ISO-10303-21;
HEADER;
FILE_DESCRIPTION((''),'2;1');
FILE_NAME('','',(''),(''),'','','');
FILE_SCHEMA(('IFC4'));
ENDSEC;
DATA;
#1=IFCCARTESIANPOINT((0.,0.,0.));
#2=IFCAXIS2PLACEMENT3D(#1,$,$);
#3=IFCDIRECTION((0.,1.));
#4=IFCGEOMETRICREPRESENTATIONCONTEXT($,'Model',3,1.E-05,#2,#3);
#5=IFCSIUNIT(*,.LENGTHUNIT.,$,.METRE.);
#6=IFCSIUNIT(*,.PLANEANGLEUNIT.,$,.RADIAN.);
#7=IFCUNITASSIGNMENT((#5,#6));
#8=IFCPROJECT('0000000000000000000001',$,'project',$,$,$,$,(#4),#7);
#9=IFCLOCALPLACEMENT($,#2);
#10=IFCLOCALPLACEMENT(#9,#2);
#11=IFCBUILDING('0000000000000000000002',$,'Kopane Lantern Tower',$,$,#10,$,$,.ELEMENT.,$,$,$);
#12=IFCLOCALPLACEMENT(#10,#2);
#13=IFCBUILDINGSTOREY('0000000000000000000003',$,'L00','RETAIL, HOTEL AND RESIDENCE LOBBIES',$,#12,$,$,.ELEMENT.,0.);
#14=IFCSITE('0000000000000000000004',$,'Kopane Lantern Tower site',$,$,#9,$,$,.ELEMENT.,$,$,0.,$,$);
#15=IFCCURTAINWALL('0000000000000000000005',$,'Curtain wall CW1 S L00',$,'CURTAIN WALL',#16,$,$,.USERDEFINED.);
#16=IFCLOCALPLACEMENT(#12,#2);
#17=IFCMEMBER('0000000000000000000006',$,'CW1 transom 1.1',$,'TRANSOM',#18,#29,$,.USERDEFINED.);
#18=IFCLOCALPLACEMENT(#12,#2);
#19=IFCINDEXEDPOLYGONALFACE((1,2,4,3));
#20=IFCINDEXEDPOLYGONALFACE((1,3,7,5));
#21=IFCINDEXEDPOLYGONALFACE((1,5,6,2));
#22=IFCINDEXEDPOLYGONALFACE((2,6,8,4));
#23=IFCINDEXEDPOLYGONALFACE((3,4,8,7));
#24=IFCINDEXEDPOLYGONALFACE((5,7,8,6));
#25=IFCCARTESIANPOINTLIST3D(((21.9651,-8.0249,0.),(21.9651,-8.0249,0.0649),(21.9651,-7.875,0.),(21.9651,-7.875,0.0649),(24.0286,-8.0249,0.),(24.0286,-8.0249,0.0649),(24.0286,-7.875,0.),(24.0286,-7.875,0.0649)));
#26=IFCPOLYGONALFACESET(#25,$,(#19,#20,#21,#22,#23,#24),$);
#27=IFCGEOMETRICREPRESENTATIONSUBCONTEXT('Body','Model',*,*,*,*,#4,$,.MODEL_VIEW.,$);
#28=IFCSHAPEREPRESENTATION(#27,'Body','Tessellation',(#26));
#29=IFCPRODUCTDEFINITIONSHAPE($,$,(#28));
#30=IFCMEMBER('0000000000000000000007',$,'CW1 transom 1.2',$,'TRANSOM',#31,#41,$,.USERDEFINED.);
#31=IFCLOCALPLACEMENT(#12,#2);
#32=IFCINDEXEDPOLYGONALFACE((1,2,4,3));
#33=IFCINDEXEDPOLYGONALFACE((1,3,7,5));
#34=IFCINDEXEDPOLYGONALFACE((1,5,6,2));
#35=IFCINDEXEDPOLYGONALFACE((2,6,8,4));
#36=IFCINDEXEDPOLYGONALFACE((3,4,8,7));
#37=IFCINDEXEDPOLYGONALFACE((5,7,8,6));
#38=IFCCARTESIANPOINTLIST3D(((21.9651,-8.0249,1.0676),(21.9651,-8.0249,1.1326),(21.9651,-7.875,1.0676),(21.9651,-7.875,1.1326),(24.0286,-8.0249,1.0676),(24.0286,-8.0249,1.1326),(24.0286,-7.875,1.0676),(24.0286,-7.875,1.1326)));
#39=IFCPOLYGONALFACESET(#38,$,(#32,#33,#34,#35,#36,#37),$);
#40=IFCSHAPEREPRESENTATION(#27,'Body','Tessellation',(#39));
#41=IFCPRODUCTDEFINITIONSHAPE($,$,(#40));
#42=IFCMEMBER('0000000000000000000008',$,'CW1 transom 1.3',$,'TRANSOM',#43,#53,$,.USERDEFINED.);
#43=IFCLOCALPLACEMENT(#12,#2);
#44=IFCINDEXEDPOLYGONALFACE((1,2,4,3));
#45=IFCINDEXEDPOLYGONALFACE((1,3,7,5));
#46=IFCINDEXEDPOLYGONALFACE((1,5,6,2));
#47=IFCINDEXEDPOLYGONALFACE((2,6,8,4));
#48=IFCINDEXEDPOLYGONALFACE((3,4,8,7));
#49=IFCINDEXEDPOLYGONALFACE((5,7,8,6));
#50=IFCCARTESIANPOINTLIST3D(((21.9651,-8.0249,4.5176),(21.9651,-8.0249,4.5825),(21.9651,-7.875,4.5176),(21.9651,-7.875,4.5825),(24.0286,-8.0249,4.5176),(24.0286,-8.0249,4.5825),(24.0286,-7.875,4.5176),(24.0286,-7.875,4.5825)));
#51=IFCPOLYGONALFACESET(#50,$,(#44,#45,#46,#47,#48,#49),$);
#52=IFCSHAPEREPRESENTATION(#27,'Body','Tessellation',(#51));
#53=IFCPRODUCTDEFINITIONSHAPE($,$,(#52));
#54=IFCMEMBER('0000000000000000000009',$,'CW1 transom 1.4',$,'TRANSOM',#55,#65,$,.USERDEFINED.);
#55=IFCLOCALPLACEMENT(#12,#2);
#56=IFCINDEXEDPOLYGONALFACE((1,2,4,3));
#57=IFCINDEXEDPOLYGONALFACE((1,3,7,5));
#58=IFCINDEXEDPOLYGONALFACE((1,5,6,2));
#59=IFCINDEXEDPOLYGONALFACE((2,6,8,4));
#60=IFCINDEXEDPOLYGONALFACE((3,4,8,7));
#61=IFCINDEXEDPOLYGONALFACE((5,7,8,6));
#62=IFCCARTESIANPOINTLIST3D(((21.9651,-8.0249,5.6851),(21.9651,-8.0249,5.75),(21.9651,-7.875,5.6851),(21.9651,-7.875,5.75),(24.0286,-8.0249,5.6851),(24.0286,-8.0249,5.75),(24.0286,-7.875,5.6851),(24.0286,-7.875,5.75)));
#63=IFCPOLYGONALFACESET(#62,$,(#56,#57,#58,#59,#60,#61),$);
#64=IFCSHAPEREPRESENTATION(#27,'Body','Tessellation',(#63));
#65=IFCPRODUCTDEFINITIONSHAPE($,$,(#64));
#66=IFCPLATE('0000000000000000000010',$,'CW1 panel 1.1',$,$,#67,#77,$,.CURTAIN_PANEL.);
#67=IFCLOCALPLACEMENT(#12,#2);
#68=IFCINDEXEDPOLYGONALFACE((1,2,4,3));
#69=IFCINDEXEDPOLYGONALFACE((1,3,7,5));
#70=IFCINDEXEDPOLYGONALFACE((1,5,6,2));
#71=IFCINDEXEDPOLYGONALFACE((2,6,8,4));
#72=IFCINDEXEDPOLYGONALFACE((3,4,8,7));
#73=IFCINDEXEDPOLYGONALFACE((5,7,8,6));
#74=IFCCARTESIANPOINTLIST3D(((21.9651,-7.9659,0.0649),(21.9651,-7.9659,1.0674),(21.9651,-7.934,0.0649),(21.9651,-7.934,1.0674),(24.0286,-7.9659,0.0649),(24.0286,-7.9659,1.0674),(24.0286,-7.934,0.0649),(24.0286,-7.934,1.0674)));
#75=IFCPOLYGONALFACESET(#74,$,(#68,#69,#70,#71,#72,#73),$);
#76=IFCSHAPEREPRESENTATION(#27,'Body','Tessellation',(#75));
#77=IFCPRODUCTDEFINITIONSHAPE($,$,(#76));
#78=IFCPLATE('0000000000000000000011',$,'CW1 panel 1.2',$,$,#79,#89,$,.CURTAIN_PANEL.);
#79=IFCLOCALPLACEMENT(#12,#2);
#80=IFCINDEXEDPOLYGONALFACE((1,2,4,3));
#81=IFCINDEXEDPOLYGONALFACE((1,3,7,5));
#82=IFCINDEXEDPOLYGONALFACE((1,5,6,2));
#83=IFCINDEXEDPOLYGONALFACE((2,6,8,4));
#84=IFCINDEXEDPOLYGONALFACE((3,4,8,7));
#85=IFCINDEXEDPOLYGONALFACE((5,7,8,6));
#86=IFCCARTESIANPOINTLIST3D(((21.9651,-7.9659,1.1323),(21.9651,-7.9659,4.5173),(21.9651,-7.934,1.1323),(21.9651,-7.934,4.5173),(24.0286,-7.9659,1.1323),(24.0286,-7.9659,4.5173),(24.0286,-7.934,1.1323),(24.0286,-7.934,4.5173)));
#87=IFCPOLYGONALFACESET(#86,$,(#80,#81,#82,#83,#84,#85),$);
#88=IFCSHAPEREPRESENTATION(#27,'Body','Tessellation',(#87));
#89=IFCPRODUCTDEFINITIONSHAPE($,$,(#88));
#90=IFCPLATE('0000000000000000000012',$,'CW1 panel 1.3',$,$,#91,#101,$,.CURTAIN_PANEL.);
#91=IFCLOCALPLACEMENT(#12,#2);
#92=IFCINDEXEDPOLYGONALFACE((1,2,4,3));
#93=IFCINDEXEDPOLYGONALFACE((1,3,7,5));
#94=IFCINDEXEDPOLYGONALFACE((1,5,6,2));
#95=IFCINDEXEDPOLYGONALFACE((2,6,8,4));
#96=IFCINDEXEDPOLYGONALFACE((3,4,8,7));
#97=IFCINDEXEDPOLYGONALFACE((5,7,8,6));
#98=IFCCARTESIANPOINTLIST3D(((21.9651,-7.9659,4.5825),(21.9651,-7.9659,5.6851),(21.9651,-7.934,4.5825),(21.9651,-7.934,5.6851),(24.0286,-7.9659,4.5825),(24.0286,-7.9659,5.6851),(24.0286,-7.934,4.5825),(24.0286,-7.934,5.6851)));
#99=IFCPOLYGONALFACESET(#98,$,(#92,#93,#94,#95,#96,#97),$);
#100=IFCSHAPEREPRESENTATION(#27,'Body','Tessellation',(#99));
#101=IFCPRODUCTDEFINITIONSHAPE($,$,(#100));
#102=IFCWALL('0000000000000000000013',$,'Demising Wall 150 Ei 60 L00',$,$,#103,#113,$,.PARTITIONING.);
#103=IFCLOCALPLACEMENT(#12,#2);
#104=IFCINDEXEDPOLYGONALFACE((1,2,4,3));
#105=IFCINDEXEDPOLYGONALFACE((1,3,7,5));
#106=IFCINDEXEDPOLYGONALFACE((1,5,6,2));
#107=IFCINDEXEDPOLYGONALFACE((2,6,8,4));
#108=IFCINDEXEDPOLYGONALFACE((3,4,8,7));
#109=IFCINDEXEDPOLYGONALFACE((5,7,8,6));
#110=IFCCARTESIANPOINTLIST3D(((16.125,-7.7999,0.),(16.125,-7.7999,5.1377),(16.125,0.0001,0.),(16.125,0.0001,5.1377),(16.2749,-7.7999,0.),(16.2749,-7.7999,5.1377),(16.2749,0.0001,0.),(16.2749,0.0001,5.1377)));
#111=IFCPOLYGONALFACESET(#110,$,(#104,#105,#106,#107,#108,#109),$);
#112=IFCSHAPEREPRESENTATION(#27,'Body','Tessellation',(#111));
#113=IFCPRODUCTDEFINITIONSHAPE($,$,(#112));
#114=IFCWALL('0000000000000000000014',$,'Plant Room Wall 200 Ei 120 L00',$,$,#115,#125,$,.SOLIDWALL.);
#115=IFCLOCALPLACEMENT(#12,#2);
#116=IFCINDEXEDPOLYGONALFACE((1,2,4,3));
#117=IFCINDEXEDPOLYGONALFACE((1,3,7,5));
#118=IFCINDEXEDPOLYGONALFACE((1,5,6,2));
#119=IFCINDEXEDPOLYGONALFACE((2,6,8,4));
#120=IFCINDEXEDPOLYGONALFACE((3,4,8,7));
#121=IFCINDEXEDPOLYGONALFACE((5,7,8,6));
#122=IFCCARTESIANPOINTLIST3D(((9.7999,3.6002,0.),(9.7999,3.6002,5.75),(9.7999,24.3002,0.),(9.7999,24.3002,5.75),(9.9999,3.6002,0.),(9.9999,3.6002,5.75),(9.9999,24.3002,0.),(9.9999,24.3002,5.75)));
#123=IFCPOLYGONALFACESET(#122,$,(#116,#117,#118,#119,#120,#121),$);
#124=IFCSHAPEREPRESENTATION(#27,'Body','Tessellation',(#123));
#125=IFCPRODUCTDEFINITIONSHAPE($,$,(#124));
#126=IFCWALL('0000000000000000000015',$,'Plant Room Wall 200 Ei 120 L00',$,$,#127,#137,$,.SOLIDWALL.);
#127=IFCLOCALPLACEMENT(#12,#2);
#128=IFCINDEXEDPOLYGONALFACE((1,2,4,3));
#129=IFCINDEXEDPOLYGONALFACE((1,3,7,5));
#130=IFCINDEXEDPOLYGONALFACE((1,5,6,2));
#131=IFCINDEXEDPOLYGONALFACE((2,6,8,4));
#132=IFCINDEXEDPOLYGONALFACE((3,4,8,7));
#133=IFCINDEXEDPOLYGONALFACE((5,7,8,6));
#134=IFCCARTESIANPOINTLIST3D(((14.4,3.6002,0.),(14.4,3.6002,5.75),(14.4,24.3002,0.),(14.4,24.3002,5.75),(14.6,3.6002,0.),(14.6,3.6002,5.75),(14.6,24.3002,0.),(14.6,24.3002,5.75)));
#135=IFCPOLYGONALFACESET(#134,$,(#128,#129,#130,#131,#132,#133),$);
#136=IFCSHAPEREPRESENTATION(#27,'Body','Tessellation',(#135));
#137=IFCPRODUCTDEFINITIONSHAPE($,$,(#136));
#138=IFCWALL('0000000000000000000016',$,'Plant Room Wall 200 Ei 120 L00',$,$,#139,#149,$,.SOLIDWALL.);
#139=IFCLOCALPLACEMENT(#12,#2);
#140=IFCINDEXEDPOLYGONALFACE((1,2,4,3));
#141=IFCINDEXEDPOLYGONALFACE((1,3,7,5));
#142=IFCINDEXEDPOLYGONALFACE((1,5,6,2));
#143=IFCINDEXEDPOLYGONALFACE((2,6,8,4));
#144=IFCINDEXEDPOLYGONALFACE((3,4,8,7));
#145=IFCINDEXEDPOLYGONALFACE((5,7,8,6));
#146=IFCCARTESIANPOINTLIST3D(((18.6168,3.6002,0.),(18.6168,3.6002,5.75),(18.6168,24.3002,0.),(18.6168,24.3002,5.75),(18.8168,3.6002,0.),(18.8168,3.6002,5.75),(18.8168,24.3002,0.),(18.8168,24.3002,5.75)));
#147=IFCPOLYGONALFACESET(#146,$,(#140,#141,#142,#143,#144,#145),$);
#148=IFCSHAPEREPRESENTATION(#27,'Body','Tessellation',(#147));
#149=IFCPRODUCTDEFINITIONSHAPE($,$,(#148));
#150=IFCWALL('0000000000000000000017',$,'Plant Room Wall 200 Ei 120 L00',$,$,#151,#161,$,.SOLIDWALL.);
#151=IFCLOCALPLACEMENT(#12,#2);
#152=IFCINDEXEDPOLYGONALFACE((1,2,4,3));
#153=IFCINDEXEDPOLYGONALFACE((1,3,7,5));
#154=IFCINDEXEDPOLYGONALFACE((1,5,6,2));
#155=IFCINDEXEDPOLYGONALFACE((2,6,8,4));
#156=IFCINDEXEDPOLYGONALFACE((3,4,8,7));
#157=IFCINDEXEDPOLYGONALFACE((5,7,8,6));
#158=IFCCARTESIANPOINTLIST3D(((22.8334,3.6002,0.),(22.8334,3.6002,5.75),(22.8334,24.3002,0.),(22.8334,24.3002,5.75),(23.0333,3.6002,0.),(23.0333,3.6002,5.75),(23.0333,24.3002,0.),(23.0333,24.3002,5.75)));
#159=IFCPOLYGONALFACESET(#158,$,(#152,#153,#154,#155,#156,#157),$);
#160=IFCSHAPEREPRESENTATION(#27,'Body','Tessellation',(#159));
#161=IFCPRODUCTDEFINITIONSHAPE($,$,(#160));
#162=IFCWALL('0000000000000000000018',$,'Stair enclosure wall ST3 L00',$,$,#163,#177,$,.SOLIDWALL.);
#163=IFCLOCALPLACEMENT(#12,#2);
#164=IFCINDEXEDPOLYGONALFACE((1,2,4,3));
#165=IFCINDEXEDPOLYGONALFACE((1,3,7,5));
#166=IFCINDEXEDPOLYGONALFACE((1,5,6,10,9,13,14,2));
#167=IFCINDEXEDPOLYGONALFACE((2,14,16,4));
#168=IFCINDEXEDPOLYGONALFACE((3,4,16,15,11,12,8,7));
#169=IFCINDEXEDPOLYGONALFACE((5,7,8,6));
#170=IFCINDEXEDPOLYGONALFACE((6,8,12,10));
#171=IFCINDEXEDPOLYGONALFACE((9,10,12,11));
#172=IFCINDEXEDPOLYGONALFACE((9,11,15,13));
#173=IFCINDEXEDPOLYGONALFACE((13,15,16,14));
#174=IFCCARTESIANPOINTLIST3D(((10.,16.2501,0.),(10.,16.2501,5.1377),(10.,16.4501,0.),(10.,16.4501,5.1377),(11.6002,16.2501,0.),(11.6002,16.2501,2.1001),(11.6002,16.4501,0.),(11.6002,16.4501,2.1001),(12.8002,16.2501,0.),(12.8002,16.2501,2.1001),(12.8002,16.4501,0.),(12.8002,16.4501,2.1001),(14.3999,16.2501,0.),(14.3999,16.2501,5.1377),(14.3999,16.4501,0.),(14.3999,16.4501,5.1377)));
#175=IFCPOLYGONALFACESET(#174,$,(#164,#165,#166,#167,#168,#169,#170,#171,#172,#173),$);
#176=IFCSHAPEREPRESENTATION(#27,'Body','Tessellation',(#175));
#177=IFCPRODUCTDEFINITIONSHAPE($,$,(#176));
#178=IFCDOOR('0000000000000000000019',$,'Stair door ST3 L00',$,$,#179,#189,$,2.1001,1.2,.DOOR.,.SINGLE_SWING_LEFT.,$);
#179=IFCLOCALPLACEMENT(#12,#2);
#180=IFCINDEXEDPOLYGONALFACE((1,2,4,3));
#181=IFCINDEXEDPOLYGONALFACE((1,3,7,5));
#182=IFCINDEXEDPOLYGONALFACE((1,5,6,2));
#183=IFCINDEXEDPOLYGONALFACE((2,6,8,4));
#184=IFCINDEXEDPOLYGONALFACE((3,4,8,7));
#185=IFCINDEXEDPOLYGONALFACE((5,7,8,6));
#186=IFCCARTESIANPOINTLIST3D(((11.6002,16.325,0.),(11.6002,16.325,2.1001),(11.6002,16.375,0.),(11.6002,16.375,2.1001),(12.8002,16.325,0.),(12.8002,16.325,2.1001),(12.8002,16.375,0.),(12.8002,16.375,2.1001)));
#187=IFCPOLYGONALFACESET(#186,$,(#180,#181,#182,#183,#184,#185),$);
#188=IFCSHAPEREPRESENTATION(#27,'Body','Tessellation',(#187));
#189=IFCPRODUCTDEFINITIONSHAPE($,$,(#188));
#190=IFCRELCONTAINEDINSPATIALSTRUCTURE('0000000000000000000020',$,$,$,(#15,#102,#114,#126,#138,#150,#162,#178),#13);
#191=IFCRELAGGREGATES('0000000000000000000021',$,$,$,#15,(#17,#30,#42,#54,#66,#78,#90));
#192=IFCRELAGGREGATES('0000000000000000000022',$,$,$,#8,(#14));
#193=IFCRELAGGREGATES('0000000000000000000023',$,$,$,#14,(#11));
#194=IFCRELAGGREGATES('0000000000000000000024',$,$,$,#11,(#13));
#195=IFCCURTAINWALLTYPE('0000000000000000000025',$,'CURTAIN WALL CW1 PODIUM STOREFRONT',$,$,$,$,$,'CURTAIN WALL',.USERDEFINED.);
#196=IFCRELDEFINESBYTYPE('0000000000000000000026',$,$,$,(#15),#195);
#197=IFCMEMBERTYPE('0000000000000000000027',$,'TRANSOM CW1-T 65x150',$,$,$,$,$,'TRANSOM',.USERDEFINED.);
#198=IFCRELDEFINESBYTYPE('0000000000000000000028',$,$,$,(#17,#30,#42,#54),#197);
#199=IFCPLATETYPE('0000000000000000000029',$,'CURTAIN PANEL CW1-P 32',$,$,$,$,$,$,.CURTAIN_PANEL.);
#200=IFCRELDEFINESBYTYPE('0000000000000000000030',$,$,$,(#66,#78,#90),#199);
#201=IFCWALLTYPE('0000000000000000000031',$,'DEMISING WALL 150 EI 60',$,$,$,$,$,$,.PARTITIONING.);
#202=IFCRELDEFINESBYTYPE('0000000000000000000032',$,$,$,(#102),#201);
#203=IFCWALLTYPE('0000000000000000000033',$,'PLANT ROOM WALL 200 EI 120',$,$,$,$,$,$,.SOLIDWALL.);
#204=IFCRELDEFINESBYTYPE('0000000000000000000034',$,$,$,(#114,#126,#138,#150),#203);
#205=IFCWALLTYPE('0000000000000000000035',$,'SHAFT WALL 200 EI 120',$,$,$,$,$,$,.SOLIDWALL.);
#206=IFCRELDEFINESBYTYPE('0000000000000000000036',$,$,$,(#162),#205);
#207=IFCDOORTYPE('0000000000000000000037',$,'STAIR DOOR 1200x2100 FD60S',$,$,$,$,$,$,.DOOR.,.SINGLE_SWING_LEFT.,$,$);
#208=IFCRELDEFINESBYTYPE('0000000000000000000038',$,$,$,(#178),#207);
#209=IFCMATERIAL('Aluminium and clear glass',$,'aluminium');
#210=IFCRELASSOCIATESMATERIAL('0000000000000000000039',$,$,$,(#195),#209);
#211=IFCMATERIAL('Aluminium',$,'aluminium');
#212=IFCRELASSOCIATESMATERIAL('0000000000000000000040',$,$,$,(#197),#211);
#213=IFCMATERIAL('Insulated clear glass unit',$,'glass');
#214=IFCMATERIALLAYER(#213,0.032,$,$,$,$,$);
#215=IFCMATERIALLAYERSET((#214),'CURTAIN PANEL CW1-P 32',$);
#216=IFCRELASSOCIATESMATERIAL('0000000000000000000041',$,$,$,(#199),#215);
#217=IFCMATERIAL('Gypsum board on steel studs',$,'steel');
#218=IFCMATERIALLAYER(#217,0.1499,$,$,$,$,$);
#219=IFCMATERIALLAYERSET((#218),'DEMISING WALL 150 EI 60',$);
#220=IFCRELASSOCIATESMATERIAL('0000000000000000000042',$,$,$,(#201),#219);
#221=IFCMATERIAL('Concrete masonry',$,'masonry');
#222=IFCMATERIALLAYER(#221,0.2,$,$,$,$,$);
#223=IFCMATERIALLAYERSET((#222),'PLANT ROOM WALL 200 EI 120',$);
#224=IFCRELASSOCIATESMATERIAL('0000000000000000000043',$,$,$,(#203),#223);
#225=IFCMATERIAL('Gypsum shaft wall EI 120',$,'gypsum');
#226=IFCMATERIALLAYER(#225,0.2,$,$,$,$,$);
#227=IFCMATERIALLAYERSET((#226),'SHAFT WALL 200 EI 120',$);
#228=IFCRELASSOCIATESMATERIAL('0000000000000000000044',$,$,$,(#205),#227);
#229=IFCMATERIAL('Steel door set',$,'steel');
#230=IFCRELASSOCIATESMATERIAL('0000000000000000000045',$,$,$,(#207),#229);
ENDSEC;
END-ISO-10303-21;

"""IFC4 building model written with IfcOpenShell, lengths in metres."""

from ifc_helpers import new_model, si_unit, direction, frame, frame_2d, origin, origin_2d, place, context, subcontext, project, spatial, rectangle, extrude, material, layer, layer_set, material_profile, profile_set, type_object, element, fill, aggregate, save


model = new_model("IFC4")

# Units and contexts
model_context = context("Model", 3, precision=1e-05, world=origin(), true_north=direction((0.0, 1.0)))
body_context = subcontext(model_context, "Body", "Model", "MODEL_VIEW")
ifc_project = project(units=[si_unit("LENGTHUNIT", "METRE"), si_unit("PLANEANGLEUNIT", "RADIAN")], contexts=[model_context])

# Site, building, storey
site_placement = place(None, origin())
site = spatial("IfcSite", under=ifc_project, at=site_placement, Name="Kopane Lantern Tower site", CompositionType="ELEMENT", RefElevation=0.0)
building_placement = place(site_placement, origin())
building = spatial("IfcBuilding", under=site, at=building_placement, Name="Kopane Lantern Tower", CompositionType="ELEMENT")
storey_placement = place(building_placement, origin())
storey = spatial("IfcBuildingStorey", under=building, at=storey_placement, Name="L00", Description="RETAIL, HOTEL AND RESIDENCE LOBBIES", CompositionType="ELEMENT", Elevation=0.0)

# Curtain wall, members, plates
ifc_material_1 = material(Name="Aluminium and clear glass", Category="aluminium")
curtain_wall_type = type_object("IfcCurtainWallType", Name="CURTAIN WALL CW1 PODIUM STOREFRONT", ElementType="CURTAIN WALL", PredefinedType="USERDEFINED", material=ifc_material_1)
curtain_wall_placement = place(storey_placement, origin())
curtain_wall = element("IfcCurtainWall", 1, at=curtain_wall_placement, inside=storey, type_object=curtain_wall_type, Name="Curtain wall CW1 S L00", ObjectType="CURTAIN WALL", PredefinedType="USERDEFINED")
ifc_material_2 = material(Name="Aluminium", Category="aluminium")
ifc_material_profile_1 = material_profile(ifc_material_2, rectangle(XDim=0.1499, YDim=0.0649, at=origin_2d()), Name="AL 150x65")
ifc_profile_set_1 = profile_set([ifc_material_profile_1], Name="Aluminium")
member_type_1 = type_object("IfcMemberType", Name="TRANSOM CW1-T 65x150", ElementType="TRANSOM", PredefinedType="USERDEFINED", material=ifc_profile_set_1)
member_1_placement = place(storey_placement, frame((21.9651, -7.95, 0.0325), z_axis=(1.0, 0.0, 0.0), x_axis=(0.0, 1.0, 0.0)))
member_1 = element("IfcMember", 2, at=member_1_placement, type_object=member_type_1, Name="CW1 transom 1.1", ObjectType="TRANSOM", PredefinedType="USERDEFINED", context=body_context, shape_type="SweptSolid", body=[
    extrude(rectangle(XDim=0.1499, YDim=0.0649, at=origin_2d()), origin(), (0.0, 0.0, 1.0), 2.0635),
])
member_2_placement = place(storey_placement, frame((21.9651, -7.95, 1.1001), z_axis=(1.0, 0.0, 0.0), x_axis=(0.0, 1.0, 0.0)))
member_2 = element("IfcMember", 3, at=member_2_placement, type_object=member_type_1, Name="CW1 transom 1.2", ObjectType="TRANSOM", PredefinedType="USERDEFINED", context=body_context, shape_type="SweptSolid", body=[
    extrude(rectangle(XDim=0.1499, YDim=0.0649, at=origin_2d()), origin(), (0.0, 0.0, 1.0), 2.0635),
])
member_3_placement = place(storey_placement, frame((21.9651, -7.95, 4.55), z_axis=(1.0, 0.0, 0.0), x_axis=(0.0, 1.0, 0.0)))
member_3 = element("IfcMember", 4, at=member_3_placement, type_object=member_type_1, Name="CW1 transom 1.3", ObjectType="TRANSOM", PredefinedType="USERDEFINED", context=body_context, shape_type="SweptSolid", body=[
    extrude(rectangle(XDim=0.1499, YDim=0.0649, at=origin_2d()), origin(), (0.0, 0.0, 1.0), 2.0635),
])
member_4_placement = place(storey_placement, frame((21.9651, -7.95, 5.7175), z_axis=(1.0, 0.0, 0.0), x_axis=(0.0, 1.0, 0.0)))
member_4 = element("IfcMember", 5, at=member_4_placement, type_object=member_type_1, Name="CW1 transom 1.4", ObjectType="TRANSOM", PredefinedType="USERDEFINED", context=body_context, shape_type="SweptSolid", body=[
    extrude(rectangle(XDim=0.1499, YDim=0.0649, at=origin_2d()), origin(), (0.0, 0.0, 1.0), 2.0635),
])
ifc_material_3 = material(Name="Insulated clear glass unit", Category="glass")
ifc_layer_1 = layer(ifc_material_3, 0.032)
ifc_layer_set_1 = layer_set([ifc_layer_1], Name="CURTAIN PANEL CW1-P 32")
plate_type = type_object("IfcPlateType", Name="CURTAIN PANEL CW1-P 32", PredefinedType="CURTAIN_PANEL", material=ifc_layer_set_1)
plate_1_placement = place(storey_placement, frame((22.9968, -7.95, 0.0649), z_axis=(0.0, 0.0, 1.0), x_axis=(1.0, 0.0, 0.0)))
plate_1 = element("IfcPlate", 6, at=plate_1_placement, type_object=plate_type, Name="CW1 panel 1.1", PredefinedType="CURTAIN_PANEL", context=body_context, shape_type="SweptSolid", body=[
    extrude(rectangle(XDim=2.0635, YDim=0.032, at=origin_2d()), origin(), (0.0, 0.0, 1.0), 1.0024),
])
plate_2_placement = place(storey_placement, frame((22.9968, -7.95, 1.1323), z_axis=(0.0, 0.0, 1.0), x_axis=(1.0, 0.0, 0.0)))
plate_2 = element("IfcPlate", 7, at=plate_2_placement, type_object=plate_type, Name="CW1 panel 1.2", PredefinedType="CURTAIN_PANEL", context=body_context, shape_type="SweptSolid", body=[
    extrude(rectangle(XDim=2.0635, YDim=0.032, at=origin_2d()), origin(), (0.0, 0.0, 1.0), 3.385),
])
plate_3_placement = place(storey_placement, frame((22.9968, -7.95, 4.5825), z_axis=(0.0, 0.0, 1.0), x_axis=(1.0, 0.0, 0.0)))
plate_3 = element("IfcPlate", 8, at=plate_3_placement, type_object=plate_type, Name="CW1 panel 1.3", PredefinedType="CURTAIN_PANEL", context=body_context, shape_type="SweptSolid", body=[
    extrude(rectangle(XDim=2.0635, YDim=0.032, at=origin_2d()), origin(), (0.0, 0.0, 1.0), 1.1025),
])
aggregate(curtain_wall, [member_1, member_2, member_3, member_4, plate_1, plate_2, plate_3])

# Walls
ifc_material_4 = material(Name="Gypsum board on steel studs", Category="steel")
ifc_layer_2 = layer(ifc_material_4, 0.1499)
ifc_layer_set_2 = layer_set([ifc_layer_2], Name="DEMISING WALL 150 EI 60")
wall_type_1 = type_object("IfcWallType", Name="DEMISING WALL 150 EI 60", PredefinedType="PARTITIONING", material=ifc_layer_set_2)
wall_1_placement = place(storey_placement, frame((16.2, 0.0, 0.0), z_axis=(0.0, 0.0, 1.0), x_axis=(0.0, -1.0, 0.0)))
element("IfcWall", 9, at=wall_1_placement, inside=storey, type_object=wall_type_1, Name="Demising Wall 150 Ei 60 L00", PredefinedType="PARTITIONING", context=body_context, shape_type="SweptSolid", body=[
    extrude(rectangle(XDim=7.8, YDim=0.1499, at=frame_2d((3.8999, 0.0))), origin(), (0.0, 0.0, 1.0), 5.1377),
])
ifc_material_5 = material(Name="Concrete masonry", Category="masonry")
ifc_layer_3 = layer(ifc_material_5, 0.2)
ifc_layer_set_3 = layer_set([ifc_layer_3], Name="PLANT ROOM WALL 200 EI 120")
wall_type_2 = type_object("IfcWallType", Name="PLANT ROOM WALL 200 EI 120", PredefinedType="SOLIDWALL", material=ifc_layer_set_3)
for number, where, z_axis, x_axis, name in (
    (10, (9.8999, 3.6001, 0.0), (0.0, 0.0, 1.0), (0.0, 1.0, 0.0), "Plant Room Wall 200 Ei 120 L00"),
    (11, (14.5, 3.6001, 0.0), (0.0, 0.0, 1.0), (0.0, 1.0, 0.0), "Plant Room Wall 200 Ei 120 L00"),
    (12, (18.7168, 3.6001, 0.0), (0.0, 0.0, 1.0), (0.0, 1.0, 0.0), "Plant Room Wall 200 Ei 120 L00"),
    (13, (22.9333, 3.6001, 0.0), (0.0, 0.0, 1.0), (0.0, 1.0, 0.0), "Plant Room Wall 200 Ei 120 L00"),
):
    element("IfcWall", number, at=place(storey_placement, frame(where, z_axis=z_axis, x_axis=x_axis)), inside=storey, type_object=wall_type_2, Name=name, PredefinedType="SOLIDWALL", context=body_context, shape_type="SweptSolid", body=[
        extrude(rectangle(XDim=20.7, YDim=0.2, at=frame_2d((10.3501, 0.0))), origin(), (0.0, 0.0, 1.0), 5.75),
    ])

# Wall, opening, door
ifc_material_6 = material(Name="Gypsum shaft wall EI 120", Category="gypsum")
ifc_layer_4 = layer(ifc_material_6, 0.2)
ifc_layer_set_4 = layer_set([ifc_layer_4], Name="SHAFT WALL 200 EI 120")
wall_type_3 = type_object("IfcWallType", Name="SHAFT WALL 200 EI 120", PredefinedType="SOLIDWALL", material=ifc_layer_set_4)
wall_2_placement = place(storey_placement, frame((10.0, 16.3501, 0.0), z_axis=(0.0, 0.0, 1.0), x_axis=(1.0, 0.0, 0.0)))
wall_2 = element("IfcWall", 14, at=wall_2_placement, inside=storey, type_object=wall_type_3, Name="Stair enclosure wall ST3 L00", PredefinedType="SOLIDWALL", context=body_context, shape_type="SweptSolid", body=[
    extrude(rectangle(XDim=4.3999, YDim=0.2, at=frame_2d((2.2, 0.0))), origin(), (0.0, 0.0, 1.0), 5.1377),
])
opening_placement = place(wall_2_placement, frame((1.6001, 0.0, 0.0)))
opening = element("IfcOpeningElement", 15, at=opening_placement, cuts=wall_2, PredefinedType="OPENING", context=body_context, shape_type="SweptSolid", body=[
    extrude(rectangle(XDim=1.2, YDim=2.1001, at=frame_2d((0.6001, 1.05))), frame((0.0, 0.1099, 0.0), z_axis=(0.0, -1.0, 0.0), x_axis=(1.0, 0.0, 0.0)), (0.0, 0.0, 1.0), 0.22),
])
ifc_material_7 = material(Name="Steel door set", Category="steel")
door_type = type_object("IfcDoorType", Name="STAIR DOOR 1200x2100 FD60S", OperationType="SINGLE_SWING_LEFT", PredefinedType="DOOR", material=ifc_material_7)
door_placement = place(opening_placement, origin())
door = element("IfcDoor", 16, at=door_placement, inside=storey, type_object=door_type, Name="Stair door ST3 L00", OperationType="SINGLE_SWING_LEFT", OverallHeight=2.1001, OverallWidth=1.2, PredefinedType="DOOR", context=body_context, shape_type="SweptSolid", body=[
    extrude(rectangle(XDim=1.2, YDim=2.1001, at=frame_2d((0.6001, 1.05))), frame((0.0, 0.0249, 0.0), z_axis=(0.0, -1.0, 0.0), x_axis=(1.0, 0.0, 0.0)), (0.0, 0.0, 1.0), 0.05),
])
fill(opening, door)

save(model, "model.ifc")
